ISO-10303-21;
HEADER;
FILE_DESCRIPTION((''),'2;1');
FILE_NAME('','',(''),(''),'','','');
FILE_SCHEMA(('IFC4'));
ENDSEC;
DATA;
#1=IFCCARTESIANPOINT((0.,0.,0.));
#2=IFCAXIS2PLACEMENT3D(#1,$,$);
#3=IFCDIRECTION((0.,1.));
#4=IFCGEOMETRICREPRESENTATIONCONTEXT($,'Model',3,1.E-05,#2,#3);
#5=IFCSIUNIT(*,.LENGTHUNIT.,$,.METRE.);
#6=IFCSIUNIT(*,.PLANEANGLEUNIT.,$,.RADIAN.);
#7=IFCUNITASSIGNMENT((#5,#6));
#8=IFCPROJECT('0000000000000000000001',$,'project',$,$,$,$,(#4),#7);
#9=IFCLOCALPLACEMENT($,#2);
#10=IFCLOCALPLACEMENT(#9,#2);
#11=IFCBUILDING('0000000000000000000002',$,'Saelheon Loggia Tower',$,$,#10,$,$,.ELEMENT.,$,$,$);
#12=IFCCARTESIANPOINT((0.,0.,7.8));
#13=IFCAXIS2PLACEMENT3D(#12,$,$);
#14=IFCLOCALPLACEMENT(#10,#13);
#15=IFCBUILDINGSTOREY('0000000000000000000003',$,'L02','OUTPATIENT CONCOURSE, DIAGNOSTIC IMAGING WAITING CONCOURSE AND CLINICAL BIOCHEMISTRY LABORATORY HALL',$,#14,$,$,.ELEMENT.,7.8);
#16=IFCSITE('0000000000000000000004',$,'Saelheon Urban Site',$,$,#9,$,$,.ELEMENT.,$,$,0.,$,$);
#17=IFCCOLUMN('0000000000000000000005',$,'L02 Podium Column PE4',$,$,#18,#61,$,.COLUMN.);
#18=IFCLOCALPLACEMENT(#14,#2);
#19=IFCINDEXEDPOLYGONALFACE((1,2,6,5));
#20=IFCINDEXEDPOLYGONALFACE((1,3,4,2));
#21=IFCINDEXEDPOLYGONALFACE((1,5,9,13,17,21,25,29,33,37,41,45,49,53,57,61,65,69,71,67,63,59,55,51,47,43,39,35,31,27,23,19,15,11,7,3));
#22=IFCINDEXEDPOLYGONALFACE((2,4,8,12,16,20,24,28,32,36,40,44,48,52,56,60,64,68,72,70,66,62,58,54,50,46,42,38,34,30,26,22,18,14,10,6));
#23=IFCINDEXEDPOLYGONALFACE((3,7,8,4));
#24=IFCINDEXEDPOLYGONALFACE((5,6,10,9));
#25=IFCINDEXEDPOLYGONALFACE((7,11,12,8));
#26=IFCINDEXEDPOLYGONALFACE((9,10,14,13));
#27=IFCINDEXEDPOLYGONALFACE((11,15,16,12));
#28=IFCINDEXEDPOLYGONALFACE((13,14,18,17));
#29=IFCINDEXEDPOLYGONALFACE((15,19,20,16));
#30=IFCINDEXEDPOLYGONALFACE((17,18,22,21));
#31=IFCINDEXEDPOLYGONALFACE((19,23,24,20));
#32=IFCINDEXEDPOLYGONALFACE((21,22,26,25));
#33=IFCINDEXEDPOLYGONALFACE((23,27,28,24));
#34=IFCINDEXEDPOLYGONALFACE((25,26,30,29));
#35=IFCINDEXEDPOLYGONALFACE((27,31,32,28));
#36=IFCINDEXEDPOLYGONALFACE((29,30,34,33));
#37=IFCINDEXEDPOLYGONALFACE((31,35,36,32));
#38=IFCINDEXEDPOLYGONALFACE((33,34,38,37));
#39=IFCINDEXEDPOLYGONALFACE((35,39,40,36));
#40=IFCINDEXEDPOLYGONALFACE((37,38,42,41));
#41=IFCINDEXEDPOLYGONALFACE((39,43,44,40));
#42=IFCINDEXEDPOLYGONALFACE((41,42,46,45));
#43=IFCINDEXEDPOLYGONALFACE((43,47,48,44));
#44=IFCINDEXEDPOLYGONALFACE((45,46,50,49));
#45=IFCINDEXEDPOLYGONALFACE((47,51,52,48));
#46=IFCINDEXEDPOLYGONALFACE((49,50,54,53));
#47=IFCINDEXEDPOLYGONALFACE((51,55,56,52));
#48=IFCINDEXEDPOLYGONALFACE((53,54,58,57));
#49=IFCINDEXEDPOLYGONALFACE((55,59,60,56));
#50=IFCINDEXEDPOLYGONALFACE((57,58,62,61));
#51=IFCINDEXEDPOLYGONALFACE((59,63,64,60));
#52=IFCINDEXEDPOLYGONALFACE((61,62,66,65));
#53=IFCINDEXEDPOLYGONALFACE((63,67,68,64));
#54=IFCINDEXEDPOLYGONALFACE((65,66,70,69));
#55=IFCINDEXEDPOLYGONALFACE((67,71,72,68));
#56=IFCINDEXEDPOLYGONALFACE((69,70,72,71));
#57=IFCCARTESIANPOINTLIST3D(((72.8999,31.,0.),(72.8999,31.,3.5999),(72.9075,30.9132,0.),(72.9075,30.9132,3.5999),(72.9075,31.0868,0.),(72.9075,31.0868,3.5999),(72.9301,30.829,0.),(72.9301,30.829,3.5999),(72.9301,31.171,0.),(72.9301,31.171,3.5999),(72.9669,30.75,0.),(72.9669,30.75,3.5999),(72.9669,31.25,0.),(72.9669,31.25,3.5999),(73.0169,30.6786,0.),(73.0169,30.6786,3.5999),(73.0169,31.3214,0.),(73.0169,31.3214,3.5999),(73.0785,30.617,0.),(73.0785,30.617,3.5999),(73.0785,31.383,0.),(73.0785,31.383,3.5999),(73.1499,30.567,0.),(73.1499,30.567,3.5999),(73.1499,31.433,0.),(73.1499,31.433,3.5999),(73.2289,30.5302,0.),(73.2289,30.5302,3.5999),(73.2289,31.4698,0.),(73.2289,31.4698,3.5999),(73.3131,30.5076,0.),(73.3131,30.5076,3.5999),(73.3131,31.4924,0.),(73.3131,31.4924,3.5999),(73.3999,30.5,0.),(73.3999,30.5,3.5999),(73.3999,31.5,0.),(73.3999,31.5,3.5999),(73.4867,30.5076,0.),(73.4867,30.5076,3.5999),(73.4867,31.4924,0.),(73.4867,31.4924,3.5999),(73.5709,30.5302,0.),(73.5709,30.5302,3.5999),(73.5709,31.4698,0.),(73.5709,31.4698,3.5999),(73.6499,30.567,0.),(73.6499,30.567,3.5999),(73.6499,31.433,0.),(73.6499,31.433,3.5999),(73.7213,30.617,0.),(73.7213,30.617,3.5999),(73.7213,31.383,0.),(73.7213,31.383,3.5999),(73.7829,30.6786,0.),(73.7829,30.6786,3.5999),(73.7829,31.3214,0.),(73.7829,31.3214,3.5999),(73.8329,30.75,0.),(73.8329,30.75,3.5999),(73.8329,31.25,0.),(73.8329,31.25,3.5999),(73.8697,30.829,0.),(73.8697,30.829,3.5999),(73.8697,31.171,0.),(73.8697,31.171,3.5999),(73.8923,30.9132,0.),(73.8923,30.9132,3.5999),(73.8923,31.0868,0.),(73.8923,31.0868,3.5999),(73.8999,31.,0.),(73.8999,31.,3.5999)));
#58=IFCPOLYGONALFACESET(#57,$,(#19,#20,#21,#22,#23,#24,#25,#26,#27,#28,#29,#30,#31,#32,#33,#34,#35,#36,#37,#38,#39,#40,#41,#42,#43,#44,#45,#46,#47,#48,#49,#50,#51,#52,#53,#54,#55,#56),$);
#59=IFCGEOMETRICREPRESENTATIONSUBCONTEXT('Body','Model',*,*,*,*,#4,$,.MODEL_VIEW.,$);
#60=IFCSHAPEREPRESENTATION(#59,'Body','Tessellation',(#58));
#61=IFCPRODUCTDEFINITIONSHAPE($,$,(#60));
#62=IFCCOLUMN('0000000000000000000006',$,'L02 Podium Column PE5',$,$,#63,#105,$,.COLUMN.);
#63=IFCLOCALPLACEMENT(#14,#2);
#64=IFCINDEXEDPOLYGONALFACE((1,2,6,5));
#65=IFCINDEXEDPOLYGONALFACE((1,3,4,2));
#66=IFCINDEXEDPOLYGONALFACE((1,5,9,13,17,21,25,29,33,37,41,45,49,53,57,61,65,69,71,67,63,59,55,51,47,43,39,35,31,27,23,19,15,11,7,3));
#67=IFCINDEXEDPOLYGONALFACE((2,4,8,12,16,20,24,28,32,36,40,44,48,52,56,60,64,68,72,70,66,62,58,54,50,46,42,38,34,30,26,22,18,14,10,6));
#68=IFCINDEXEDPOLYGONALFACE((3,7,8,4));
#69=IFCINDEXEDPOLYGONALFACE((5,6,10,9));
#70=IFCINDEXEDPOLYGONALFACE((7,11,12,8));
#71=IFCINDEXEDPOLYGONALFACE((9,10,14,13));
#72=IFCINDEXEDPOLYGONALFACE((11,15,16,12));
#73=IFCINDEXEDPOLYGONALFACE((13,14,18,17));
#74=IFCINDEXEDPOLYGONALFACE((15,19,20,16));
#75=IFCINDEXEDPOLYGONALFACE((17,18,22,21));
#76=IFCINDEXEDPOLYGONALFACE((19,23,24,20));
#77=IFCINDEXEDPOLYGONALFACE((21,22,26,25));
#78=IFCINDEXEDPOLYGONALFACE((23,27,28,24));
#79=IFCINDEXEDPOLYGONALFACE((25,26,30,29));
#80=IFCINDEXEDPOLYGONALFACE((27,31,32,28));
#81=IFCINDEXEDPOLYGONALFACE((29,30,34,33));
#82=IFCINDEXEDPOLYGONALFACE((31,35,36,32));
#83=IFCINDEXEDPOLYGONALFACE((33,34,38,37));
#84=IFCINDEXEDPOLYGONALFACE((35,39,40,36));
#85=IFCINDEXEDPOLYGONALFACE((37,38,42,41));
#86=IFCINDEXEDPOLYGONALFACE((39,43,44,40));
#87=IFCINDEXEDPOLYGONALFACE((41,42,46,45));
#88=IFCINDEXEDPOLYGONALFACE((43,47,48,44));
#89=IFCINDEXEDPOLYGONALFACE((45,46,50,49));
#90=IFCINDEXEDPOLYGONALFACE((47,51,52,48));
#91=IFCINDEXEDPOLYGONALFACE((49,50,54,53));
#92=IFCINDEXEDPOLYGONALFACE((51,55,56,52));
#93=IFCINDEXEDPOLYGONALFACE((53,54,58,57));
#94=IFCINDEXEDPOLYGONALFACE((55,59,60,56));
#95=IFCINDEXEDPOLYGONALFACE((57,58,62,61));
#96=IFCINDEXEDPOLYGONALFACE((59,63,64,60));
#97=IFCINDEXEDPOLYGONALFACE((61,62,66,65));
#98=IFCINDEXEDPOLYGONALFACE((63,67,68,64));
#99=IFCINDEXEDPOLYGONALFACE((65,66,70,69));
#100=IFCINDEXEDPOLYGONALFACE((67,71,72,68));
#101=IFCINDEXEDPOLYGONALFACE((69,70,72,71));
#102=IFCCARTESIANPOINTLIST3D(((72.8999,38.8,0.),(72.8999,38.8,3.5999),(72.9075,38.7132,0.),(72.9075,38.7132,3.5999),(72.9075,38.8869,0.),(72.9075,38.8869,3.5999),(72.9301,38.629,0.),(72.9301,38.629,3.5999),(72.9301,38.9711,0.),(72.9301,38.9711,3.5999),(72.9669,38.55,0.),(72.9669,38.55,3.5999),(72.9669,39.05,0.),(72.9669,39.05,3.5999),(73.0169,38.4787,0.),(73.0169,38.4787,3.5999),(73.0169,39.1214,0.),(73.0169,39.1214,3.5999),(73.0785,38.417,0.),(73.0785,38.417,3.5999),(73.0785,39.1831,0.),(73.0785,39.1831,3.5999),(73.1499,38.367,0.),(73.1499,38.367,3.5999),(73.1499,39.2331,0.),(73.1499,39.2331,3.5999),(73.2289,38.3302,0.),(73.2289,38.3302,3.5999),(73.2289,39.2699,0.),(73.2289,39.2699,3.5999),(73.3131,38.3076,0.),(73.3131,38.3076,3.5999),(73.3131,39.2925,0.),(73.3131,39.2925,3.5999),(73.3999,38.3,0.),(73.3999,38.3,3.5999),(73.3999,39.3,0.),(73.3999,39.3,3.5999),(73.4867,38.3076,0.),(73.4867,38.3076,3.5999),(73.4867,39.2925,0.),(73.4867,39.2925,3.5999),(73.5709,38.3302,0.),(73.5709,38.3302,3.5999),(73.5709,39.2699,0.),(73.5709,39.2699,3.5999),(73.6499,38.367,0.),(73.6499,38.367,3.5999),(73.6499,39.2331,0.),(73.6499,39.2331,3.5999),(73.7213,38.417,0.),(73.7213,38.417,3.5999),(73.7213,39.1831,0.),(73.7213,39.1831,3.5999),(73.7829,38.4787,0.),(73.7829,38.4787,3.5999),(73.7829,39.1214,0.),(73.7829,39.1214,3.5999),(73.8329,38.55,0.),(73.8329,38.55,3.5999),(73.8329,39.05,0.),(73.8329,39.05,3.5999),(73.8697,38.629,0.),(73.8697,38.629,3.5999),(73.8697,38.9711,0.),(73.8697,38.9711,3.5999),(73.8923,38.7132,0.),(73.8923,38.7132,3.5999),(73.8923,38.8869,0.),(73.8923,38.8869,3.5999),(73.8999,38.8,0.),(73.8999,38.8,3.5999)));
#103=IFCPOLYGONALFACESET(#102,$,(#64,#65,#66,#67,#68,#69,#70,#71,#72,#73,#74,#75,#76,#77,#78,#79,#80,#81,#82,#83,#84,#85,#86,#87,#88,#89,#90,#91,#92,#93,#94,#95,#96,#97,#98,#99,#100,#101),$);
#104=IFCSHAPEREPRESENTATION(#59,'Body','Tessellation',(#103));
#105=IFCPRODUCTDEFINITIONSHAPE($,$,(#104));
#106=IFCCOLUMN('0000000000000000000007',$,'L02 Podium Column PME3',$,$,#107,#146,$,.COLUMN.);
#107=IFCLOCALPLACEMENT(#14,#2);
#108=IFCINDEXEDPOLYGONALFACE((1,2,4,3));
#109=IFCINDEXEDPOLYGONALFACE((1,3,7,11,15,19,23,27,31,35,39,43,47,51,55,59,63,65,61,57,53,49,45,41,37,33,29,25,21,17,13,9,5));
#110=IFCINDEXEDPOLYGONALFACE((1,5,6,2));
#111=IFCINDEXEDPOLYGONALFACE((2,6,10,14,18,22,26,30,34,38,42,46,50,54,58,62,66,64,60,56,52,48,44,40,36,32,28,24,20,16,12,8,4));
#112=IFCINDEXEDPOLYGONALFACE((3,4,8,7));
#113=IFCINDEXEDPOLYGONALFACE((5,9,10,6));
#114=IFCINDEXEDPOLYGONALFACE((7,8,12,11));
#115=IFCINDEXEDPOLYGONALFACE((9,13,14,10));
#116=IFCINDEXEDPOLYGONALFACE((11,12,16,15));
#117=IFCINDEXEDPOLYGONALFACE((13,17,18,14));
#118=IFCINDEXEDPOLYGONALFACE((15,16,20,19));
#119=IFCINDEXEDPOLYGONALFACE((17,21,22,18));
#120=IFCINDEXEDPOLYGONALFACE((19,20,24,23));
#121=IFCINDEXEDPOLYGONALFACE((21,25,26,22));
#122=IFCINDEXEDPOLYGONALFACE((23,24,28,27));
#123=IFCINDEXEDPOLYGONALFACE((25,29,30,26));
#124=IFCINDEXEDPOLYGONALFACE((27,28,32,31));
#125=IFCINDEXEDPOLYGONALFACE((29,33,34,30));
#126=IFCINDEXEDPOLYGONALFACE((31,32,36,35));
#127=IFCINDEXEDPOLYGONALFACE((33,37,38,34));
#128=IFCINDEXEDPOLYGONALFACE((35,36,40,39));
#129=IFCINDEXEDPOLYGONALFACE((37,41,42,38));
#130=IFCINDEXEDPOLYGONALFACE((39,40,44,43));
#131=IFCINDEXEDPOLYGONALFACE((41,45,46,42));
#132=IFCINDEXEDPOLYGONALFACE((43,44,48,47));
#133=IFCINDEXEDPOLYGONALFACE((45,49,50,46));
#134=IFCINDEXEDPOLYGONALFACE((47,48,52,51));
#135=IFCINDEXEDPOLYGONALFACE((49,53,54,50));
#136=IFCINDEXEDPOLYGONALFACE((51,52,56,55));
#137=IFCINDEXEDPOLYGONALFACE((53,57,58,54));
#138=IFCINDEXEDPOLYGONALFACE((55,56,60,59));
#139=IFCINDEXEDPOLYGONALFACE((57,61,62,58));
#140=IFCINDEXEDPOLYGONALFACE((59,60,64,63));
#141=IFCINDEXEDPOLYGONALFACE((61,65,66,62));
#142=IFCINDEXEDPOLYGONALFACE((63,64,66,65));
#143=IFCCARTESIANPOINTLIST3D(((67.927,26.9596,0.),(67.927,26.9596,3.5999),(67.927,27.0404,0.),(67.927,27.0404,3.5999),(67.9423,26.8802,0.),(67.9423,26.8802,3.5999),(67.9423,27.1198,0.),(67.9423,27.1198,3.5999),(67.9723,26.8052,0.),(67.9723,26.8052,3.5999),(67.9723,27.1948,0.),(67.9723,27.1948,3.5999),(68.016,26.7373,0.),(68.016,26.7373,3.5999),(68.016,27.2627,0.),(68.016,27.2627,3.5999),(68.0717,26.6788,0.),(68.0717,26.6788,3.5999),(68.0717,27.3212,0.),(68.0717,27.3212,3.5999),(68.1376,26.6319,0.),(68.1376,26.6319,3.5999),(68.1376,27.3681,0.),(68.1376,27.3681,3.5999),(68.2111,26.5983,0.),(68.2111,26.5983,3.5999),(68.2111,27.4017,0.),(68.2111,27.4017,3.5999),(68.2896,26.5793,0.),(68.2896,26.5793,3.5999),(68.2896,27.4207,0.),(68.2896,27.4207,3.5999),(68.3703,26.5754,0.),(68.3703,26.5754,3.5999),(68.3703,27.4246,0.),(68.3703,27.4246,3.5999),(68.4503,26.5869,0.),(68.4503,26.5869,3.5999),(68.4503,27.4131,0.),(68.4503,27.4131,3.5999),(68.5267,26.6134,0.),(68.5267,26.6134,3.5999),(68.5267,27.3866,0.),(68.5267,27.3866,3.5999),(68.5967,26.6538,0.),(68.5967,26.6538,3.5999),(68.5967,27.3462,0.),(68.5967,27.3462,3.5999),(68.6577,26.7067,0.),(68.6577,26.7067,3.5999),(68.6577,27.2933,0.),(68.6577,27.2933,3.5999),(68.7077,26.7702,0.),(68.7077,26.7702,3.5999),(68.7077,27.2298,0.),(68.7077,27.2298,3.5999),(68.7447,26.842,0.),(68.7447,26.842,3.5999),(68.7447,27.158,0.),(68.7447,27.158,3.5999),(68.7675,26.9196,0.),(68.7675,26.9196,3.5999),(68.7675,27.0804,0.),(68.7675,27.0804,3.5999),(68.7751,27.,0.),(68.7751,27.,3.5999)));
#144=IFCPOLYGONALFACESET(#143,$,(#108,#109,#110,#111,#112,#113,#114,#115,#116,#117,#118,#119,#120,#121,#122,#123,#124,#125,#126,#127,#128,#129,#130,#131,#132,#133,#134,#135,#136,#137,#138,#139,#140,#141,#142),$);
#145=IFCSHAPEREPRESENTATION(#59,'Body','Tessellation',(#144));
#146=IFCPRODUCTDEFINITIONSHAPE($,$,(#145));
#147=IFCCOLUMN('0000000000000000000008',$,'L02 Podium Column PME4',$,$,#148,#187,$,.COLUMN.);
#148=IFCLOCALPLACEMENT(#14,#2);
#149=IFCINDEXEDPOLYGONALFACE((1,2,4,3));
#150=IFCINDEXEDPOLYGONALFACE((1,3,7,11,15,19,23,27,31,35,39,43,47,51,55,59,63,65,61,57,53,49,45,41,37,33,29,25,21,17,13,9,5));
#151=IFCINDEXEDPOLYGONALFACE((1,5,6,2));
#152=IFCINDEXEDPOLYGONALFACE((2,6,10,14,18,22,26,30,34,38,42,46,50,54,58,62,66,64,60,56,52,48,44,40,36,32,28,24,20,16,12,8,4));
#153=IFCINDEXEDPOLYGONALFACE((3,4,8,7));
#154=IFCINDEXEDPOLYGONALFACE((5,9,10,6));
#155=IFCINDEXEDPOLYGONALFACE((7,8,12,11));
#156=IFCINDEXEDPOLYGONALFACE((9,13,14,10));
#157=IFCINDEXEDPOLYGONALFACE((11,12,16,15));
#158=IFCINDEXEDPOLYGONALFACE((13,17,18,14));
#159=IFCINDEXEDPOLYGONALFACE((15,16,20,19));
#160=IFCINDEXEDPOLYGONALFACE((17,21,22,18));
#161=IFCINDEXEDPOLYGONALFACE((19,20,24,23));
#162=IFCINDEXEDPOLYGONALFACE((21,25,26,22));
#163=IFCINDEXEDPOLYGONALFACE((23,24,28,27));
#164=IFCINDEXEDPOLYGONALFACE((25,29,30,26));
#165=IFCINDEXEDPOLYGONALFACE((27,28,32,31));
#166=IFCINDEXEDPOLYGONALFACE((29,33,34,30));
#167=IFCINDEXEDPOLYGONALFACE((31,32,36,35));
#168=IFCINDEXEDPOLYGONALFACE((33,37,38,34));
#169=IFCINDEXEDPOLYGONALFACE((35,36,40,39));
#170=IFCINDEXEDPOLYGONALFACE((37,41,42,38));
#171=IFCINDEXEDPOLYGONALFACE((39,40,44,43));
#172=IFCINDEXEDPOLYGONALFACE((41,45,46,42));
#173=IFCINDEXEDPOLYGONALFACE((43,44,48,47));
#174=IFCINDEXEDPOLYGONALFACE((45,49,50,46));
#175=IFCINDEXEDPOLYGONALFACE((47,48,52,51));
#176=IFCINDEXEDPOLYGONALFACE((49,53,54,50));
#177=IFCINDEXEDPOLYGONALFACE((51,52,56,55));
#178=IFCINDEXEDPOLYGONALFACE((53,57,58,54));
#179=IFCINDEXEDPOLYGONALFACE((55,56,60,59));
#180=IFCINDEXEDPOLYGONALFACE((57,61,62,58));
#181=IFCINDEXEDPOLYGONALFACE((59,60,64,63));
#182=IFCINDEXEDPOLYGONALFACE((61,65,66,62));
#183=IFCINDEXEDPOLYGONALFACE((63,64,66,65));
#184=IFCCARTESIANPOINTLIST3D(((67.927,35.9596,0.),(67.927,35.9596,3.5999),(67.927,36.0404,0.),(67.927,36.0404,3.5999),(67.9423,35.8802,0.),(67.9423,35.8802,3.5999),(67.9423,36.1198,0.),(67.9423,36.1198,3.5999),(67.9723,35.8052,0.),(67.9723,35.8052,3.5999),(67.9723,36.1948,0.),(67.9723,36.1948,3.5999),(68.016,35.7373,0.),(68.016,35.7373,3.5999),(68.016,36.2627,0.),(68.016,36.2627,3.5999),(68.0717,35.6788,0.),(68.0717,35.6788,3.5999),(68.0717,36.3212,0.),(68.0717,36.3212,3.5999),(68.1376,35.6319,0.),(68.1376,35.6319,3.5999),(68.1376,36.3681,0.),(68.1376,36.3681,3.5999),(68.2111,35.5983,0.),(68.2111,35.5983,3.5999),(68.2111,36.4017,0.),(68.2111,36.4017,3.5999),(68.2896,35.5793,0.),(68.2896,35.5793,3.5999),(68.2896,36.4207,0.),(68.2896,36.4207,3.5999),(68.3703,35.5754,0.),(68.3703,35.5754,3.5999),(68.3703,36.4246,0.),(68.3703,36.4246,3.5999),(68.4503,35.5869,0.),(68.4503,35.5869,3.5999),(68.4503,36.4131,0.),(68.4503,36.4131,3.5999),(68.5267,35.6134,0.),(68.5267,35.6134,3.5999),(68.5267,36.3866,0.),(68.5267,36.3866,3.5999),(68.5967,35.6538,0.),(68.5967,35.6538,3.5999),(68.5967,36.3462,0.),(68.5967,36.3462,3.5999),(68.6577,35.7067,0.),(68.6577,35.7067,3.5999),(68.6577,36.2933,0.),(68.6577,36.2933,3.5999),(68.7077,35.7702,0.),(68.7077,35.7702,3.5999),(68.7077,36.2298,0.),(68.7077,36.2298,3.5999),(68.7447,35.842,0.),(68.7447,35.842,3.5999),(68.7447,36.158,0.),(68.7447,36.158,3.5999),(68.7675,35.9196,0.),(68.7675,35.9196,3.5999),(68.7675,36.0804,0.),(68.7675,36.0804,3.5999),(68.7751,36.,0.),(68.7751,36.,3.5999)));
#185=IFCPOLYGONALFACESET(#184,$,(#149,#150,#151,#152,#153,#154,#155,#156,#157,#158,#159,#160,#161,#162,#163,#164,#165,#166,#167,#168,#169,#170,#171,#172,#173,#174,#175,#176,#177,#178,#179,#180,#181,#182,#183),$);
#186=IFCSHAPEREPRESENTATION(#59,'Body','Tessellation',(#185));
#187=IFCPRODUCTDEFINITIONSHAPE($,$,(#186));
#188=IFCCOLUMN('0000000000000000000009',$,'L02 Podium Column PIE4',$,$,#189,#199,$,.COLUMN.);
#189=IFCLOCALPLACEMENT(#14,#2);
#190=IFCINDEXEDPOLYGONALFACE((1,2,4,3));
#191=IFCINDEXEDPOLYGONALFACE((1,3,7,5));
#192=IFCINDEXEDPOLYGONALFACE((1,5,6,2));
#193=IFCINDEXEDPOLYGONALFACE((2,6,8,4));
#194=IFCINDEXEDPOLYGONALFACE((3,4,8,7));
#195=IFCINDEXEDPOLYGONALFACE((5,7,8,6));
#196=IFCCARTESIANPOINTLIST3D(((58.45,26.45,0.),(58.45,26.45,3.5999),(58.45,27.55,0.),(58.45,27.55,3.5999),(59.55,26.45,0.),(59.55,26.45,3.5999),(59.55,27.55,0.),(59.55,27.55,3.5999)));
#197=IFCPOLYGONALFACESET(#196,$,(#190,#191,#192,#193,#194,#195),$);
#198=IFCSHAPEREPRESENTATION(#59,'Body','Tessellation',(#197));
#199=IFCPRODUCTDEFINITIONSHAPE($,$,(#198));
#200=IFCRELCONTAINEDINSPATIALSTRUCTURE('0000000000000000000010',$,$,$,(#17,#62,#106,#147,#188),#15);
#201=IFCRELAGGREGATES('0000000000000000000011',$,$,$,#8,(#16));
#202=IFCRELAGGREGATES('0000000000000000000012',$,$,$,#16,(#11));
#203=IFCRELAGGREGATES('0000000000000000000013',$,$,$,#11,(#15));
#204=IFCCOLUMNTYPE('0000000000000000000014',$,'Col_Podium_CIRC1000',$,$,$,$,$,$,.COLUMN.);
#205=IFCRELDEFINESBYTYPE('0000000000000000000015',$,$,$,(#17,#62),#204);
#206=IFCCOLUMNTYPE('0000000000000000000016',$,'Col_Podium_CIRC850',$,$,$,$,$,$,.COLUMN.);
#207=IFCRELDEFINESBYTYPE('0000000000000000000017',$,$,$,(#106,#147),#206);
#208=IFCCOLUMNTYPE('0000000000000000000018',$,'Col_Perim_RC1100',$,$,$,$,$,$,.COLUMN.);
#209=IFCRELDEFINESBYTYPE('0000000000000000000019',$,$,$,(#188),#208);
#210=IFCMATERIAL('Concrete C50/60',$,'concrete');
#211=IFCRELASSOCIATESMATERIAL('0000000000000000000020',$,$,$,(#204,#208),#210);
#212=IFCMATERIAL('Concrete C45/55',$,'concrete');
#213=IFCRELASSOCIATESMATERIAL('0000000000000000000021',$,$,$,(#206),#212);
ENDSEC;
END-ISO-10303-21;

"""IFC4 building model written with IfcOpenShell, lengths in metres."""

from ifc_helpers import new_model, si_unit, direction, frame, origin, origin_2d, place, context, subcontext, project, spatial, rectangle, circle, extrude, source, transform, mapped, material, material_profile, profile_set, type_object, element, save


model = new_model("IFC4")

# Units and contexts
model_context = context("Model", 3, precision=1e-05, world=origin(), true_north=direction((0.0, 1.0)))
body_context = subcontext(model_context, "Body", "Model", "MODEL_VIEW")
ifc_project = project(units=[si_unit("LENGTHUNIT", "METRE"), si_unit("PLANEANGLEUNIT", "RADIAN")], contexts=[model_context])

# Site, building, storey
site_placement = place(None, origin())
site = spatial("IfcSite", under=ifc_project, at=site_placement, Name="Saelheon Urban Site", CompositionType="ELEMENT", RefElevation=0.0)
building_placement = place(site_placement, origin())
building = spatial("IfcBuilding", under=site, at=building_placement, Name="Saelheon Loggia Tower", CompositionType="ELEMENT")
storey_placement = place(building_placement, frame((0.0, 0.0, 7.8)))
storey = spatial("IfcBuildingStorey", under=building, at=storey_placement, Name="L02", Description="OUTPATIENT CONCOURSE, DIAGNOSTIC IMAGING WAITING CONCOURSE AND CLINICAL BIOCHEMISTRY LABORATORY HALL", CompositionType="ELEMENT", Elevation=7.8)

# Columns
ifc_material_1 = material(Name="Concrete C50/60", Category="concrete")
ifc_material_profile_1 = material_profile(ifc_material_1, circle(Radius=0.5, at=origin_2d()), Name="CIRC-1000")
ifc_profile_set_1 = profile_set([ifc_material_profile_1], Name="Concrete C50/60")
column_type_1 = type_object("IfcColumnType", Name="Col_Podium_CIRC1000", PredefinedType="COLUMN", material=ifc_profile_set_1)
shared_shape_1 = source(origin(), body_context, "Body", "SweptSolid", [
    extrude(circle(Radius=0.5, at=origin_2d()), origin(), (0.0, 0.0, 1.0), 3.5999),
])
for number, where, z_axis, x_axis, name in (
    (1, (73.3999, 31.0, 0.0), (0.0, 0.0, 1.0), (1.0, 0.0, 0.0), "L02 Podium Column PE4"),
    (2, (73.3999, 38.8, 0.0), (0.0, 0.0, 1.0), (1.0, 0.0, 0.0), "L02 Podium Column PE5"),
):
    element("IfcColumn", number, at=place(storey_placement, frame(where, z_axis=z_axis, x_axis=x_axis)), inside=storey, type_object=column_type_1, Name=name, PredefinedType="COLUMN", context=body_context, shape_type="MappedRepresentation", body=[
        mapped(shared_shape_1, transform((0.0, 0.0, 0.0), scale=1.0)),
    ])
ifc_material_2 = material(Name="Concrete C45/55", Category="concrete")
ifc_material_profile_2 = material_profile(ifc_material_2, circle(Radius=0.425, at=origin_2d()), Name="CIRC-850")
ifc_profile_set_2 = profile_set([ifc_material_profile_2], Name="Concrete C45/55")
column_type_2 = type_object("IfcColumnType", Name="Col_Podium_CIRC850", PredefinedType="COLUMN", material=ifc_profile_set_2)
shared_shape_2 = source(origin(), body_context, "Body", "SweptSolid", [
    extrude(circle(Radius=0.425, at=origin_2d()), origin(), (0.0, 0.0, 1.0), 3.5999),
])
for number, where, z_axis, x_axis, name in (
    (3, (68.3501, 27.0, 0.0), (0.0, 0.0, 1.0), (1.0, 0.0, 0.0), "L02 Podium Column PME3"),
    (4, (68.3501, 36.0, 0.0), (0.0, 0.0, 1.0), (1.0, 0.0, 0.0), "L02 Podium Column PME4"),
):
    element("IfcColumn", number, at=place(storey_placement, frame(where, z_axis=z_axis, x_axis=x_axis)), inside=storey, type_object=column_type_2, Name=name, PredefinedType="COLUMN", context=body_context, shape_type="MappedRepresentation", body=[
        mapped(shared_shape_2, transform((0.0, 0.0, 0.0), scale=1.0)),
    ])
ifc_material_profile_3 = material_profile(ifc_material_1, rectangle(XDim=1.1001, YDim=1.1001, at=origin_2d()), Name="RC-1100x1100")
ifc_profile_set_3 = profile_set([ifc_material_profile_3], Name="Concrete C50/60")
column_type_3 = type_object("IfcColumnType", Name="Col_Perim_RC1100", PredefinedType="COLUMN", material=ifc_profile_set_3)
shared_shape_3 = source(origin(), body_context, "Body", "SweptSolid", [
    extrude(rectangle(XDim=1.1001, YDim=1.1001, at=origin_2d()), origin(), (0.0, 0.0, 1.0), 3.5999),
])
for number, where, z_axis, x_axis, name in (
    (5, (59.0, 27.0, 0.0), (0.0, 0.0, 1.0), (1.0, 0.0, 0.0), "L02 Podium Column PIE4"),
):
    element("IfcColumn", number, at=place(storey_placement, frame(where, z_axis=z_axis, x_axis=x_axis)), inside=storey, type_object=column_type_3, Name=name, PredefinedType="COLUMN", context=body_context, shape_type="MappedRepresentation", body=[
        mapped(shared_shape_3, transform((0.0, 0.0, 0.0), scale=1.0)),
    ])

save(model, "model.ifc")
